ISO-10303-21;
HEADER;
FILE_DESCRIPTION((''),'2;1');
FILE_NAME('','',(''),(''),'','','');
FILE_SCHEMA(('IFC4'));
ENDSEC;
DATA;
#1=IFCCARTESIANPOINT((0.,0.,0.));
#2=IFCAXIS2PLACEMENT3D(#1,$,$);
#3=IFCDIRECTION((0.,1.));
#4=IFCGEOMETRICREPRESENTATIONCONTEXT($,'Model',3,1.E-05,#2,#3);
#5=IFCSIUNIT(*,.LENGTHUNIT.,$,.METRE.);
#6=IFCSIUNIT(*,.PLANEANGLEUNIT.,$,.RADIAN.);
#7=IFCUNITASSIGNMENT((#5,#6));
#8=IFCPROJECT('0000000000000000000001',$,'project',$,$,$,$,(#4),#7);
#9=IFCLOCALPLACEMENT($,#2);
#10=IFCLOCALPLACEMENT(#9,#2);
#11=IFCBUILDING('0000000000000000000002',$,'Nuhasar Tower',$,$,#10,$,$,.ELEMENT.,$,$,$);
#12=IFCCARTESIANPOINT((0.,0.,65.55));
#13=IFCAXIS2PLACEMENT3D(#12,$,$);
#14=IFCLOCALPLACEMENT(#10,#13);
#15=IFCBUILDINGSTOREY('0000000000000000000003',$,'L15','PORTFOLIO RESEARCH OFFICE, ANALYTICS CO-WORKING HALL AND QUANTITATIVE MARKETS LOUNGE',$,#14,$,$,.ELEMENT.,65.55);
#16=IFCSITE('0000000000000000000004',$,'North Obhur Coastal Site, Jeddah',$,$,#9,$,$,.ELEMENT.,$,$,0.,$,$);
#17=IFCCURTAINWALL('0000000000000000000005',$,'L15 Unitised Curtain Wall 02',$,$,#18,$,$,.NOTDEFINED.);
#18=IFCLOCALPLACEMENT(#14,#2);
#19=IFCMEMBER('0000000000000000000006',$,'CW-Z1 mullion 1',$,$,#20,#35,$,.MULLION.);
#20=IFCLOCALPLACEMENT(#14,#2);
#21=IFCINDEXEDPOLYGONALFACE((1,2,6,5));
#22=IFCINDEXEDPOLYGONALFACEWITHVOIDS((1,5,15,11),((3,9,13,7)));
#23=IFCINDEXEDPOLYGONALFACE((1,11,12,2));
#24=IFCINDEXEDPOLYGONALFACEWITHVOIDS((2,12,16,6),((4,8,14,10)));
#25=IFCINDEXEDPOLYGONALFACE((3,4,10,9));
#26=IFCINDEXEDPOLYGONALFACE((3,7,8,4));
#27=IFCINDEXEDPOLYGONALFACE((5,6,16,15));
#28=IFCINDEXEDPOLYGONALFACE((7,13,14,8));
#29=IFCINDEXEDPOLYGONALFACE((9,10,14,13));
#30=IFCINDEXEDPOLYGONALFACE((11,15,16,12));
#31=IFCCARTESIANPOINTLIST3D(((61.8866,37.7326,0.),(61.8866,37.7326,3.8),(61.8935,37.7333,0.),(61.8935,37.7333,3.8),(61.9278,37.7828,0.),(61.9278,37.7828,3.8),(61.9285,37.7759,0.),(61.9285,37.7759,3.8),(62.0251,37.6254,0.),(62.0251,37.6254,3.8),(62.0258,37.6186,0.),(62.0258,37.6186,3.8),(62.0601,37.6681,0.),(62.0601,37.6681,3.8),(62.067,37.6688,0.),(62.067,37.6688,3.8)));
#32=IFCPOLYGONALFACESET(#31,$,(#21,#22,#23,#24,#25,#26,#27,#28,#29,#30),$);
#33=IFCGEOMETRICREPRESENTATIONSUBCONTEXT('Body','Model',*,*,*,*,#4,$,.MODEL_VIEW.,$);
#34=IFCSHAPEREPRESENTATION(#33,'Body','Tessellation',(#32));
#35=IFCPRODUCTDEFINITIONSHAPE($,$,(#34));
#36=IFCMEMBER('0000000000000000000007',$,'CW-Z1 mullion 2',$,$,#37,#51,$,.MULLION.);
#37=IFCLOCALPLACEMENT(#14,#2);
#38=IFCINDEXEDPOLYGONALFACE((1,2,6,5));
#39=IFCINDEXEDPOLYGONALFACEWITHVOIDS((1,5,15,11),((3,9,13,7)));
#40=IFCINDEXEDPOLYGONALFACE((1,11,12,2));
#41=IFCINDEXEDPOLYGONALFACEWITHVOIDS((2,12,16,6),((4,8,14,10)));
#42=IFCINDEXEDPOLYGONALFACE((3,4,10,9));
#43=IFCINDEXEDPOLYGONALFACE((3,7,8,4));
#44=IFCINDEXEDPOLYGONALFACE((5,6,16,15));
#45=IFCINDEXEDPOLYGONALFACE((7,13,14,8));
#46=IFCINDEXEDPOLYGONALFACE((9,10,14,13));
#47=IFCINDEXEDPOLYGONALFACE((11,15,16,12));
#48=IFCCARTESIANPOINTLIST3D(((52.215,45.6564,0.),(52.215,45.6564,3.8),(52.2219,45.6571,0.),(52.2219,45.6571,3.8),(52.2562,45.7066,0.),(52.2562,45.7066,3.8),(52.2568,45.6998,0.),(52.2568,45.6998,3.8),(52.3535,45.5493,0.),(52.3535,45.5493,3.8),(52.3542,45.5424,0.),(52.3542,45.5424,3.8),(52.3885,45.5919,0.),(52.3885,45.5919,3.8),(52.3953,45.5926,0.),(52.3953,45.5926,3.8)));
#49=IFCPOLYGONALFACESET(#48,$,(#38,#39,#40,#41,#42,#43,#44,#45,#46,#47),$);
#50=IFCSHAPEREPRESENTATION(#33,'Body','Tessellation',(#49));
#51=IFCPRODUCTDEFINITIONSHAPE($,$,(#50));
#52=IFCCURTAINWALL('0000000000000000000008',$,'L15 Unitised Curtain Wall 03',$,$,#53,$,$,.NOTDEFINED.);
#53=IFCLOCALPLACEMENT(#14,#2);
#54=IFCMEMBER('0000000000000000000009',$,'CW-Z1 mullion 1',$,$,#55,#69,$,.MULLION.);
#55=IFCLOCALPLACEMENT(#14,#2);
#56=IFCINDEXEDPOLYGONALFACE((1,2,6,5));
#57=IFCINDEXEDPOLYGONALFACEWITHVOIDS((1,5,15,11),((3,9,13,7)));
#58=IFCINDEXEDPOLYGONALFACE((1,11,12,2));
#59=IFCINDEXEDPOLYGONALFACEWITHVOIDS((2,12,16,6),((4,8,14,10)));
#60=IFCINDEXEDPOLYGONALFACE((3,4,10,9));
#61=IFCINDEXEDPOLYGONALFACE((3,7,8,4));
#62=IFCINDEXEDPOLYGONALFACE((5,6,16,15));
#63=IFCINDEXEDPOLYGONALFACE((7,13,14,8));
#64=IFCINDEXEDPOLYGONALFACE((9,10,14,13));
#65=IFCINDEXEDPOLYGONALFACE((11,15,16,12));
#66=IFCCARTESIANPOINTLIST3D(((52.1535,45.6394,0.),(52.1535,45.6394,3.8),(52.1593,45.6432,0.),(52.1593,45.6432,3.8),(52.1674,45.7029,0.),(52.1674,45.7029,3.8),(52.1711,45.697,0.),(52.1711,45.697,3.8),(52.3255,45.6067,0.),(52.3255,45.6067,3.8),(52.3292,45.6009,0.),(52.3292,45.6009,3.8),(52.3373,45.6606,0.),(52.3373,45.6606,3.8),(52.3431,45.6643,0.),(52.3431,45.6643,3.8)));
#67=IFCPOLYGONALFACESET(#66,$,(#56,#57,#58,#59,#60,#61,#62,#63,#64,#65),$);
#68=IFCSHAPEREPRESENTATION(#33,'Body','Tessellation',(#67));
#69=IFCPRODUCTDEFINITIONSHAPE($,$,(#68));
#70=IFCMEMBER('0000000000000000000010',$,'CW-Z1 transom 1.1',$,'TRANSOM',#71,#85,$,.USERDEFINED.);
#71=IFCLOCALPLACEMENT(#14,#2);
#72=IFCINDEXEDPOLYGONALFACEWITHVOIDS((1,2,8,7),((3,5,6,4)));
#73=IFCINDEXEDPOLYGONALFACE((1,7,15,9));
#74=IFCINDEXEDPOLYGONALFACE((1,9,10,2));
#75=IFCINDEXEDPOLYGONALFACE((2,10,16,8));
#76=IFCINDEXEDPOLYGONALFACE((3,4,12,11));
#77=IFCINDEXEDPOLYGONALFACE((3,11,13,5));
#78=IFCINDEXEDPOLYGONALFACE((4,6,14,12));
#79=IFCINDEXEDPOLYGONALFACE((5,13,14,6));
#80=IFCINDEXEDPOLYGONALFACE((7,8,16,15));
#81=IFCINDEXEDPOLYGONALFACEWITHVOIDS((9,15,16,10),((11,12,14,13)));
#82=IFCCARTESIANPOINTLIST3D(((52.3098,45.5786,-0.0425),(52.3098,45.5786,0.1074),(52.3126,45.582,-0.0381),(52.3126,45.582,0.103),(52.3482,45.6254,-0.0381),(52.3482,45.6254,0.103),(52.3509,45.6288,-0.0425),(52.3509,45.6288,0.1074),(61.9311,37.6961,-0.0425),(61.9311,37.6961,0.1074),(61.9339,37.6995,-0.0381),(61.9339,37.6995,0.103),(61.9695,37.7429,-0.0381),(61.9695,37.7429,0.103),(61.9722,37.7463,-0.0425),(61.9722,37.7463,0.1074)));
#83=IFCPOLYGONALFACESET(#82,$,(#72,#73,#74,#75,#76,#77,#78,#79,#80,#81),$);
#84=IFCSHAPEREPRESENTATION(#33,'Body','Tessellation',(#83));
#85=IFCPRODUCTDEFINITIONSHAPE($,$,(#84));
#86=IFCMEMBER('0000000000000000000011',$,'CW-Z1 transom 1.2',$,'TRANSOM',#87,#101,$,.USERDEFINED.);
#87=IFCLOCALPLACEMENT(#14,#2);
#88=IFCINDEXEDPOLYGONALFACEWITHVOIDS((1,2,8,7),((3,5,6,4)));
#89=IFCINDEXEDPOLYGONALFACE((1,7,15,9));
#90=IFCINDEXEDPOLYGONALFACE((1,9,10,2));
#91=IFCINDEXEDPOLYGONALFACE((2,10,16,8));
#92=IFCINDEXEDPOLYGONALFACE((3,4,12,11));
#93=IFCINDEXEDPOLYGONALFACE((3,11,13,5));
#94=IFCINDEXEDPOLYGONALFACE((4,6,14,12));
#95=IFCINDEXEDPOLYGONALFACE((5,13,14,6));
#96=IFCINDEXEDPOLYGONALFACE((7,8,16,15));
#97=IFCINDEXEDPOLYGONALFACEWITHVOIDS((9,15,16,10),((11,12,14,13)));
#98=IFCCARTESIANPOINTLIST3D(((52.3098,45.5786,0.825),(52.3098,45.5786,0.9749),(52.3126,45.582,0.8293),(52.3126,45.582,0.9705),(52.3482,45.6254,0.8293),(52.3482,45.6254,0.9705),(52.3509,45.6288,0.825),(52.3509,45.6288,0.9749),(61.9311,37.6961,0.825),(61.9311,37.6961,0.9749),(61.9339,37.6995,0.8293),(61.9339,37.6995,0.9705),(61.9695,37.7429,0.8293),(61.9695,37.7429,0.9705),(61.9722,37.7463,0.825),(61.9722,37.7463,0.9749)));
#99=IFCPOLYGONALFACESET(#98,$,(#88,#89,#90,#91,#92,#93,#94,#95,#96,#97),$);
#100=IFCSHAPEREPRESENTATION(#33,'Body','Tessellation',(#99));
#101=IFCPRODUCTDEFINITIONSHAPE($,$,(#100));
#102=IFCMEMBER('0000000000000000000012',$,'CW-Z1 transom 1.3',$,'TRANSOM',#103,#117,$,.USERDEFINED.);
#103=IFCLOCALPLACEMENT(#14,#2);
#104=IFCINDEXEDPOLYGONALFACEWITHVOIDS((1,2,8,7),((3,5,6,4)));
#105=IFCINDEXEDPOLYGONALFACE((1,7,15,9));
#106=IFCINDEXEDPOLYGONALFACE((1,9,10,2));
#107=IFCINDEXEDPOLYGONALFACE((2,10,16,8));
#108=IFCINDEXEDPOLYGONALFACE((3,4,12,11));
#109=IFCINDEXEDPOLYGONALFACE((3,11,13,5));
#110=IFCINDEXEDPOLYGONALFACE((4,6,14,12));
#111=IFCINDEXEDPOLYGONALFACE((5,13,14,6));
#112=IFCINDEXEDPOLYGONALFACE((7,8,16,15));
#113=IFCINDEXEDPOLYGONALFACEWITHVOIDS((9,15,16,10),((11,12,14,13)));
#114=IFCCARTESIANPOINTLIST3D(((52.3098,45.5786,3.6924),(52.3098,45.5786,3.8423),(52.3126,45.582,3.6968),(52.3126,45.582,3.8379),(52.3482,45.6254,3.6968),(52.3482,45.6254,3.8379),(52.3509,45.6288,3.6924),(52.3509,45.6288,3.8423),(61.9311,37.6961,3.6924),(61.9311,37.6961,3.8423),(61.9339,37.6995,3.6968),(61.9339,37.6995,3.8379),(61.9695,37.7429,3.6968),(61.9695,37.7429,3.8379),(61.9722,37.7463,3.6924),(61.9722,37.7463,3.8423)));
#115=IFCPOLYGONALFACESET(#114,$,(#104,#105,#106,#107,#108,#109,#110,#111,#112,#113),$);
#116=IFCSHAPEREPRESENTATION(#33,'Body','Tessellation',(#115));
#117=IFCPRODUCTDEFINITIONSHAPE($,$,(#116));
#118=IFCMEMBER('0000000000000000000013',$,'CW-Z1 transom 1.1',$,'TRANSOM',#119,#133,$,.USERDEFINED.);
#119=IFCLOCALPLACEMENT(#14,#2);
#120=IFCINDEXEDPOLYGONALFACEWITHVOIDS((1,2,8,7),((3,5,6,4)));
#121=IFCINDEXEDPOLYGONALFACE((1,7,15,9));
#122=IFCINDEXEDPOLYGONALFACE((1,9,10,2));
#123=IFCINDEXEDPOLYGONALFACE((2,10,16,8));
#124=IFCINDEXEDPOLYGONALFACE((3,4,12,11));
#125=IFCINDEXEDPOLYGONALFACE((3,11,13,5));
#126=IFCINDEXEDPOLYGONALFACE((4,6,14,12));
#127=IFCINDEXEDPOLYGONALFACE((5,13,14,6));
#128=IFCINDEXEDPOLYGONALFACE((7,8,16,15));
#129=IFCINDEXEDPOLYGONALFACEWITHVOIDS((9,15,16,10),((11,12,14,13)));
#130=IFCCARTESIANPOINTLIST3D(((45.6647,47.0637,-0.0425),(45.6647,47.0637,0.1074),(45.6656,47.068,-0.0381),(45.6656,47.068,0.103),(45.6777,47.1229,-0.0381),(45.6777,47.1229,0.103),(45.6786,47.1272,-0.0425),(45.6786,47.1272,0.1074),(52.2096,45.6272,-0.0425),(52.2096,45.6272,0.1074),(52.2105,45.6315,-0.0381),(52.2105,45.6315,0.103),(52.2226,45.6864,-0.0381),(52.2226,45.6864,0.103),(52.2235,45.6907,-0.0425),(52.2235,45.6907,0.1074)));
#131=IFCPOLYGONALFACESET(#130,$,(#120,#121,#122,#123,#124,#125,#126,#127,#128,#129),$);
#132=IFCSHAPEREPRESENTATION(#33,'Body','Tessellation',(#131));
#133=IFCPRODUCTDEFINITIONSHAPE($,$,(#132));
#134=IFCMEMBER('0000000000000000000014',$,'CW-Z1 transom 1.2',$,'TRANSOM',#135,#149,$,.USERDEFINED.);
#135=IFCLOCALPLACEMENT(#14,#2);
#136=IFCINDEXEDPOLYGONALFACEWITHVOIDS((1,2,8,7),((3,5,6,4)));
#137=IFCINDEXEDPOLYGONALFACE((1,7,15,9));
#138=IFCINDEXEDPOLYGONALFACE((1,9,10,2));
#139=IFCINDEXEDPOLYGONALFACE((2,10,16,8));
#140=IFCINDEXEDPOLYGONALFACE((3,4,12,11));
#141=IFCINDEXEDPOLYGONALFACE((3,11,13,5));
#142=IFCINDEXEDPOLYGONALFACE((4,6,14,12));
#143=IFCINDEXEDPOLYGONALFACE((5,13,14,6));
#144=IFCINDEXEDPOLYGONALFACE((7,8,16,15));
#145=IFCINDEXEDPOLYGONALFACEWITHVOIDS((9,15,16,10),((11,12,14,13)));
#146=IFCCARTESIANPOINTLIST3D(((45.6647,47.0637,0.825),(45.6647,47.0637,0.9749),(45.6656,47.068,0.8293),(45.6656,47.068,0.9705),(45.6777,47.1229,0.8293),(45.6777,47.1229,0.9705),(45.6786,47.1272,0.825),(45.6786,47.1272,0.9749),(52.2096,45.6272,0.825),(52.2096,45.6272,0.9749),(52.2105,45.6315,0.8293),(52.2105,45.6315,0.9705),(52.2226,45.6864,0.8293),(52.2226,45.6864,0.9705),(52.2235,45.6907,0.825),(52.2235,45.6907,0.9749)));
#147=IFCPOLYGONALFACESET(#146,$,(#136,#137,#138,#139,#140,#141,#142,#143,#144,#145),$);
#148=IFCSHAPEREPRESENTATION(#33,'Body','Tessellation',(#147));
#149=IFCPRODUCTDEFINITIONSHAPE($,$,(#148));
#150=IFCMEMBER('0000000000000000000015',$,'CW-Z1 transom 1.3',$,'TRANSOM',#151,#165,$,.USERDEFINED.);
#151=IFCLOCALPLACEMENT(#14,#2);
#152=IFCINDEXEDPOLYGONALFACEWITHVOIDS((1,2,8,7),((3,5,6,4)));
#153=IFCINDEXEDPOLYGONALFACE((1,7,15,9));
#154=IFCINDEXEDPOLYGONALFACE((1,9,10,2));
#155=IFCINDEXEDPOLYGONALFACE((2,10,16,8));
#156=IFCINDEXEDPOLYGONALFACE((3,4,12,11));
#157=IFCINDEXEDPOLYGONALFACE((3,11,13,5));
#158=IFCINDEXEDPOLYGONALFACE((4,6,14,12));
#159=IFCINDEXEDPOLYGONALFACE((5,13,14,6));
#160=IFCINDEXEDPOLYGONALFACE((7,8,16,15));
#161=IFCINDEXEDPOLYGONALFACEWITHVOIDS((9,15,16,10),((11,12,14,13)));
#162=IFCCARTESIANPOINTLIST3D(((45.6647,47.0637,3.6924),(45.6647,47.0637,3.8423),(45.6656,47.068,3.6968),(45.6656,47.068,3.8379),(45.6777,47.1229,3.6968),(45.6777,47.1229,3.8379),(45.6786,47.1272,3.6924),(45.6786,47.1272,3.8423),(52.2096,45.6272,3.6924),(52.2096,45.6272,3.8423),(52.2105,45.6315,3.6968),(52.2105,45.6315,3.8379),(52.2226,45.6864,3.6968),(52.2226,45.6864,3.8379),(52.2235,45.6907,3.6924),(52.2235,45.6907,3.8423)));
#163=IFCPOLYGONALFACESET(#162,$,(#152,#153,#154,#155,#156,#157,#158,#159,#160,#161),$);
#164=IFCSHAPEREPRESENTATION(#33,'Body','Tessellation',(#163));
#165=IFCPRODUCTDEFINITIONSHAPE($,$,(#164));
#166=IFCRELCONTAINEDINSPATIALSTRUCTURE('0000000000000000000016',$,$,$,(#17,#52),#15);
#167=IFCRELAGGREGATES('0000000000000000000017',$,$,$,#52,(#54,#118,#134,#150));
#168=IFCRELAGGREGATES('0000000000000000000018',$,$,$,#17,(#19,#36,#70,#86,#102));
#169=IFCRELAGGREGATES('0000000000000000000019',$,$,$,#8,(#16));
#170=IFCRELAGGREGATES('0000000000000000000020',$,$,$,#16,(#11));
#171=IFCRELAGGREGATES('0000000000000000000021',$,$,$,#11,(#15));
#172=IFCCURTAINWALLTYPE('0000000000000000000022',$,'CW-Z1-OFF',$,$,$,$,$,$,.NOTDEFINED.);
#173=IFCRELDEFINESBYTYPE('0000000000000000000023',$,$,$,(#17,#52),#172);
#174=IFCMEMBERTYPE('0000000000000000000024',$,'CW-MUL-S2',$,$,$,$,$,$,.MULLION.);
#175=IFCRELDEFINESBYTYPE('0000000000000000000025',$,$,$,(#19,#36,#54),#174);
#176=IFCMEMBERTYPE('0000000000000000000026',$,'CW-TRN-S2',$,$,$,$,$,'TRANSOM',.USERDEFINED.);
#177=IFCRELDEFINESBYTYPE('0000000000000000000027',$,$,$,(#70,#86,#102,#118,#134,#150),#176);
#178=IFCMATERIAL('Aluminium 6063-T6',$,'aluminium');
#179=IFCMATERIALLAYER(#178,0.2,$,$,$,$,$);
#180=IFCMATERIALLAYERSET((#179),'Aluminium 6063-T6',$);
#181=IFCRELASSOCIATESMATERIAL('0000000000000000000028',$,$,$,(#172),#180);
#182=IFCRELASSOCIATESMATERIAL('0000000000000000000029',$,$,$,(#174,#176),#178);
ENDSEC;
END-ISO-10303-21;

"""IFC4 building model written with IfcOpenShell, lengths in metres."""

from ifc_helpers import new_model, si_unit, direction, frame, origin, origin_2d, place, context, subcontext, project, spatial, hollow_rectangle, extrude, material, layer, layer_set, material_profile, profile_set, type_object, element, aggregate, save


model = new_model("IFC4")

# Units and contexts
model_context = context("Model", 3, precision=1e-05, world=origin(), true_north=direction((0.0, 1.0)))
body_context = subcontext(model_context, "Body", "Model", "MODEL_VIEW")
ifc_project = project(units=[si_unit("LENGTHUNIT", "METRE"), si_unit("PLANEANGLEUNIT", "RADIAN")], contexts=[model_context])

# Site, building, storey
site_placement = place(None, origin())
site = spatial("IfcSite", under=ifc_project, at=site_placement, Name="North Obhur Coastal Site, Jeddah", CompositionType="ELEMENT", RefElevation=0.0)
building_placement = place(site_placement, origin())
building = spatial("IfcBuilding", under=site, at=building_placement, Name="Nuhasar Tower", CompositionType="ELEMENT")
storey_placement = place(building_placement, frame((0.0, 0.0, 65.55)))
storey = spatial("IfcBuildingStorey", under=building, at=storey_placement, Name="L15", Description="PORTFOLIO RESEARCH OFFICE, ANALYTICS CO-WORKING HALL AND QUANTITATIVE MARKETS LOUNGE", CompositionType="ELEMENT", Elevation=65.55)

# Curtain wall, members
ifc_material_1 = material(Name="Aluminium 6063-T6", Category="aluminium")
ifc_layer_1 = layer(ifc_material_1, 0.2)
ifc_layer_set_1 = layer_set([ifc_layer_1], Name="Aluminium 6063-T6")
curtain_wall_type = type_object("IfcCurtainWallType", Name="CW-Z1-OFF", PredefinedType="NOTDEFINED", material=ifc_layer_set_1)
curtain_wall_1_placement = place(storey_placement, origin())
curtain_wall_1 = element("IfcCurtainWall", 1, at=curtain_wall_1_placement, inside=storey, type_object=curtain_wall_type, Name="L15 Unitised Curtain Wall 02", PredefinedType="NOTDEFINED")
ifc_material_profile_1 = material_profile(ifc_material_1, hollow_rectangle(XDim=0.0649, YDim=0.1799, WallThickness=0.0049, at=origin_2d()), Name="CWM-2")
ifc_profile_set_1 = profile_set([ifc_material_profile_1], Name="Aluminium 6063-T6")
member_type_1 = type_object("IfcMemberType", Name="CW-MUL-S2", PredefinedType="MULLION", material=ifc_profile_set_1)
member_1_placement = place(storey_placement, frame((61.9768, 37.7007, 0.0), z_axis=(0.0, 0.0, 1.0), x_axis=(-0.633745, -0.773542, 0.0)))
member_1 = element("IfcMember", 2, at=member_1_placement, type_object=member_type_1, Name="CW-Z1 mullion 1", PredefinedType="MULLION", context=body_context, shape_type="SweptSolid", body=[
    extrude(hollow_rectangle(XDim=0.0649, YDim=0.1799, WallThickness=0.0049, at=origin_2d()), origin(), (0.0, 0.0, 1.0), 3.8),
])
member_2_placement = place(storey_placement, frame((52.3052, 45.6245, 0.0), z_axis=(0.0, 0.0, 1.0), x_axis=(-0.633745, -0.773542, 0.0)))
member_2 = element("IfcMember", 3, at=member_2_placement, type_object=member_type_1, Name="CW-Z1 mullion 2", PredefinedType="MULLION", context=body_context, shape_type="SweptSolid", body=[
    extrude(hollow_rectangle(XDim=0.0649, YDim=0.1799, WallThickness=0.0049, at=origin_2d()), origin(), (0.0, 0.0, 1.0), 3.8),
])

# Curtain wall, member
curtain_wall_2_placement = place(storey_placement, origin())
curtain_wall_2 = element("IfcCurtainWall", 4, at=curtain_wall_2_placement, inside=storey, type_object=curtain_wall_type, Name="L15 Unitised Curtain Wall 03", PredefinedType="NOTDEFINED")
member_3_placement = place(storey_placement, frame((52.2483, 45.6519, 0.0), z_axis=(0.0, 0.0, 1.0), x_axis=(-0.214399, -0.976746, 0.0)))
member_3 = element("IfcMember", 5, at=member_3_placement, type_object=member_type_1, Name="CW-Z1 mullion 1", PredefinedType="MULLION", context=body_context, shape_type="SweptSolid", body=[
    extrude(hollow_rectangle(XDim=0.0649, YDim=0.1799, WallThickness=0.0049, at=origin_2d()), origin(), (0.0, 0.0, 1.0), 3.8),
])

# Members
ifc_material_profile_2 = material_profile(ifc_material_1, hollow_rectangle(XDim=0.0649, YDim=0.1499, WallThickness=0.0044, at=origin_2d()), Name="CWT-2")
ifc_profile_set_2 = profile_set([ifc_material_profile_2], Name="Aluminium 6063-T6")
member_type_2 = type_object("IfcMemberType", Name="CW-TRN-S2", ElementType="TRANSOM", PredefinedType="USERDEFINED", material=ifc_profile_set_2)
member_4_placement = place(storey_placement, frame((61.9517, 37.7212, 0.0325), z_axis=(-0.773541, 0.633746, 0.0), x_axis=(-0.633746, -0.773541, 0.0)))
member_4 = element("IfcMember", 6, at=member_4_placement, type_object=member_type_2, Name="CW-Z1 transom 1.1", ObjectType="TRANSOM", PredefinedType="USERDEFINED", context=body_context, shape_type="SweptSolid", body=[
    extrude(hollow_rectangle(XDim=0.0649, YDim=0.1499, WallThickness=0.0044, at=origin_2d()), origin(), (0.0, 0.0, 1.0), 12.438),
])
member_5_placement = place(storey_placement, frame((61.9517, 37.7212, 0.8999), z_axis=(-0.773541, 0.633746, 0.0), x_axis=(-0.633746, -0.773541, 0.0)))
member_5 = element("IfcMember", 7, at=member_5_placement, type_object=member_type_2, Name="CW-Z1 transom 1.2", ObjectType="TRANSOM", PredefinedType="USERDEFINED", context=body_context, shape_type="SweptSolid", body=[
    extrude(hollow_rectangle(XDim=0.0649, YDim=0.1499, WallThickness=0.0044, at=origin_2d()), origin(), (0.0, 0.0, 1.0), 12.438),
])
member_6_placement = place(storey_placement, frame((61.9517, 37.7212, 3.7673), z_axis=(-0.773541, 0.633746, 0.0), x_axis=(-0.633746, -0.773541, 0.0)))
member_6 = element("IfcMember", 8, at=member_6_placement, type_object=member_type_2, Name="CW-Z1 transom 1.3", ObjectType="TRANSOM", PredefinedType="USERDEFINED", context=body_context, shape_type="SweptSolid", body=[
    extrude(hollow_rectangle(XDim=0.0649, YDim=0.1499, WallThickness=0.0044, at=origin_2d()), origin(), (0.0, 0.0, 1.0), 12.438),
])
member_7_placement = place(storey_placement, frame((52.2166, 45.6589, 0.0325), z_axis=(-0.97675, 0.214384, 0.0), x_axis=(-0.214384, -0.97675, 0.0)))
member_7 = element("IfcMember", 9, at=member_7_placement, type_object=member_type_2, Name="CW-Z1 transom 1.1", ObjectType="TRANSOM", PredefinedType="USERDEFINED", context=body_context, shape_type="SweptSolid", body=[
    extrude(hollow_rectangle(XDim=0.0649, YDim=0.1499, WallThickness=0.0044, at=origin_2d()), origin(), (0.0, 0.0, 1.0), 6.7007),
])
member_8_placement = place(storey_placement, frame((52.2166, 45.6589, 0.8999), z_axis=(-0.97675, 0.214384, 0.0), x_axis=(-0.214384, -0.97675, 0.0)))
member_8 = element("IfcMember", 10, at=member_8_placement, type_object=member_type_2, Name="CW-Z1 transom 1.2", ObjectType="TRANSOM", PredefinedType="USERDEFINED", context=body_context, shape_type="SweptSolid", body=[
    extrude(hollow_rectangle(XDim=0.0649, YDim=0.1499, WallThickness=0.0044, at=origin_2d()), origin(), (0.0, 0.0, 1.0), 6.7007),
])
member_9_placement = place(storey_placement, frame((52.2166, 45.6589, 3.7673), z_axis=(-0.97675, 0.214384, 0.0), x_axis=(-0.214384, -0.97675, 0.0)))
member_9 = element("IfcMember", 11, at=member_9_placement, type_object=member_type_2, Name="CW-Z1 transom 1.3", ObjectType="TRANSOM", PredefinedType="USERDEFINED", context=body_context, shape_type="SweptSolid", body=[
    extrude(hollow_rectangle(XDim=0.0649, YDim=0.1499, WallThickness=0.0044, at=origin_2d()), origin(), (0.0, 0.0, 1.0), 6.7007),
])
aggregate(curtain_wall_2, [member_3, member_7, member_8, member_9])

aggregate(curtain_wall_1, [member_1, member_2, member_4, member_5, member_6])

save(model, "model.ifc")
